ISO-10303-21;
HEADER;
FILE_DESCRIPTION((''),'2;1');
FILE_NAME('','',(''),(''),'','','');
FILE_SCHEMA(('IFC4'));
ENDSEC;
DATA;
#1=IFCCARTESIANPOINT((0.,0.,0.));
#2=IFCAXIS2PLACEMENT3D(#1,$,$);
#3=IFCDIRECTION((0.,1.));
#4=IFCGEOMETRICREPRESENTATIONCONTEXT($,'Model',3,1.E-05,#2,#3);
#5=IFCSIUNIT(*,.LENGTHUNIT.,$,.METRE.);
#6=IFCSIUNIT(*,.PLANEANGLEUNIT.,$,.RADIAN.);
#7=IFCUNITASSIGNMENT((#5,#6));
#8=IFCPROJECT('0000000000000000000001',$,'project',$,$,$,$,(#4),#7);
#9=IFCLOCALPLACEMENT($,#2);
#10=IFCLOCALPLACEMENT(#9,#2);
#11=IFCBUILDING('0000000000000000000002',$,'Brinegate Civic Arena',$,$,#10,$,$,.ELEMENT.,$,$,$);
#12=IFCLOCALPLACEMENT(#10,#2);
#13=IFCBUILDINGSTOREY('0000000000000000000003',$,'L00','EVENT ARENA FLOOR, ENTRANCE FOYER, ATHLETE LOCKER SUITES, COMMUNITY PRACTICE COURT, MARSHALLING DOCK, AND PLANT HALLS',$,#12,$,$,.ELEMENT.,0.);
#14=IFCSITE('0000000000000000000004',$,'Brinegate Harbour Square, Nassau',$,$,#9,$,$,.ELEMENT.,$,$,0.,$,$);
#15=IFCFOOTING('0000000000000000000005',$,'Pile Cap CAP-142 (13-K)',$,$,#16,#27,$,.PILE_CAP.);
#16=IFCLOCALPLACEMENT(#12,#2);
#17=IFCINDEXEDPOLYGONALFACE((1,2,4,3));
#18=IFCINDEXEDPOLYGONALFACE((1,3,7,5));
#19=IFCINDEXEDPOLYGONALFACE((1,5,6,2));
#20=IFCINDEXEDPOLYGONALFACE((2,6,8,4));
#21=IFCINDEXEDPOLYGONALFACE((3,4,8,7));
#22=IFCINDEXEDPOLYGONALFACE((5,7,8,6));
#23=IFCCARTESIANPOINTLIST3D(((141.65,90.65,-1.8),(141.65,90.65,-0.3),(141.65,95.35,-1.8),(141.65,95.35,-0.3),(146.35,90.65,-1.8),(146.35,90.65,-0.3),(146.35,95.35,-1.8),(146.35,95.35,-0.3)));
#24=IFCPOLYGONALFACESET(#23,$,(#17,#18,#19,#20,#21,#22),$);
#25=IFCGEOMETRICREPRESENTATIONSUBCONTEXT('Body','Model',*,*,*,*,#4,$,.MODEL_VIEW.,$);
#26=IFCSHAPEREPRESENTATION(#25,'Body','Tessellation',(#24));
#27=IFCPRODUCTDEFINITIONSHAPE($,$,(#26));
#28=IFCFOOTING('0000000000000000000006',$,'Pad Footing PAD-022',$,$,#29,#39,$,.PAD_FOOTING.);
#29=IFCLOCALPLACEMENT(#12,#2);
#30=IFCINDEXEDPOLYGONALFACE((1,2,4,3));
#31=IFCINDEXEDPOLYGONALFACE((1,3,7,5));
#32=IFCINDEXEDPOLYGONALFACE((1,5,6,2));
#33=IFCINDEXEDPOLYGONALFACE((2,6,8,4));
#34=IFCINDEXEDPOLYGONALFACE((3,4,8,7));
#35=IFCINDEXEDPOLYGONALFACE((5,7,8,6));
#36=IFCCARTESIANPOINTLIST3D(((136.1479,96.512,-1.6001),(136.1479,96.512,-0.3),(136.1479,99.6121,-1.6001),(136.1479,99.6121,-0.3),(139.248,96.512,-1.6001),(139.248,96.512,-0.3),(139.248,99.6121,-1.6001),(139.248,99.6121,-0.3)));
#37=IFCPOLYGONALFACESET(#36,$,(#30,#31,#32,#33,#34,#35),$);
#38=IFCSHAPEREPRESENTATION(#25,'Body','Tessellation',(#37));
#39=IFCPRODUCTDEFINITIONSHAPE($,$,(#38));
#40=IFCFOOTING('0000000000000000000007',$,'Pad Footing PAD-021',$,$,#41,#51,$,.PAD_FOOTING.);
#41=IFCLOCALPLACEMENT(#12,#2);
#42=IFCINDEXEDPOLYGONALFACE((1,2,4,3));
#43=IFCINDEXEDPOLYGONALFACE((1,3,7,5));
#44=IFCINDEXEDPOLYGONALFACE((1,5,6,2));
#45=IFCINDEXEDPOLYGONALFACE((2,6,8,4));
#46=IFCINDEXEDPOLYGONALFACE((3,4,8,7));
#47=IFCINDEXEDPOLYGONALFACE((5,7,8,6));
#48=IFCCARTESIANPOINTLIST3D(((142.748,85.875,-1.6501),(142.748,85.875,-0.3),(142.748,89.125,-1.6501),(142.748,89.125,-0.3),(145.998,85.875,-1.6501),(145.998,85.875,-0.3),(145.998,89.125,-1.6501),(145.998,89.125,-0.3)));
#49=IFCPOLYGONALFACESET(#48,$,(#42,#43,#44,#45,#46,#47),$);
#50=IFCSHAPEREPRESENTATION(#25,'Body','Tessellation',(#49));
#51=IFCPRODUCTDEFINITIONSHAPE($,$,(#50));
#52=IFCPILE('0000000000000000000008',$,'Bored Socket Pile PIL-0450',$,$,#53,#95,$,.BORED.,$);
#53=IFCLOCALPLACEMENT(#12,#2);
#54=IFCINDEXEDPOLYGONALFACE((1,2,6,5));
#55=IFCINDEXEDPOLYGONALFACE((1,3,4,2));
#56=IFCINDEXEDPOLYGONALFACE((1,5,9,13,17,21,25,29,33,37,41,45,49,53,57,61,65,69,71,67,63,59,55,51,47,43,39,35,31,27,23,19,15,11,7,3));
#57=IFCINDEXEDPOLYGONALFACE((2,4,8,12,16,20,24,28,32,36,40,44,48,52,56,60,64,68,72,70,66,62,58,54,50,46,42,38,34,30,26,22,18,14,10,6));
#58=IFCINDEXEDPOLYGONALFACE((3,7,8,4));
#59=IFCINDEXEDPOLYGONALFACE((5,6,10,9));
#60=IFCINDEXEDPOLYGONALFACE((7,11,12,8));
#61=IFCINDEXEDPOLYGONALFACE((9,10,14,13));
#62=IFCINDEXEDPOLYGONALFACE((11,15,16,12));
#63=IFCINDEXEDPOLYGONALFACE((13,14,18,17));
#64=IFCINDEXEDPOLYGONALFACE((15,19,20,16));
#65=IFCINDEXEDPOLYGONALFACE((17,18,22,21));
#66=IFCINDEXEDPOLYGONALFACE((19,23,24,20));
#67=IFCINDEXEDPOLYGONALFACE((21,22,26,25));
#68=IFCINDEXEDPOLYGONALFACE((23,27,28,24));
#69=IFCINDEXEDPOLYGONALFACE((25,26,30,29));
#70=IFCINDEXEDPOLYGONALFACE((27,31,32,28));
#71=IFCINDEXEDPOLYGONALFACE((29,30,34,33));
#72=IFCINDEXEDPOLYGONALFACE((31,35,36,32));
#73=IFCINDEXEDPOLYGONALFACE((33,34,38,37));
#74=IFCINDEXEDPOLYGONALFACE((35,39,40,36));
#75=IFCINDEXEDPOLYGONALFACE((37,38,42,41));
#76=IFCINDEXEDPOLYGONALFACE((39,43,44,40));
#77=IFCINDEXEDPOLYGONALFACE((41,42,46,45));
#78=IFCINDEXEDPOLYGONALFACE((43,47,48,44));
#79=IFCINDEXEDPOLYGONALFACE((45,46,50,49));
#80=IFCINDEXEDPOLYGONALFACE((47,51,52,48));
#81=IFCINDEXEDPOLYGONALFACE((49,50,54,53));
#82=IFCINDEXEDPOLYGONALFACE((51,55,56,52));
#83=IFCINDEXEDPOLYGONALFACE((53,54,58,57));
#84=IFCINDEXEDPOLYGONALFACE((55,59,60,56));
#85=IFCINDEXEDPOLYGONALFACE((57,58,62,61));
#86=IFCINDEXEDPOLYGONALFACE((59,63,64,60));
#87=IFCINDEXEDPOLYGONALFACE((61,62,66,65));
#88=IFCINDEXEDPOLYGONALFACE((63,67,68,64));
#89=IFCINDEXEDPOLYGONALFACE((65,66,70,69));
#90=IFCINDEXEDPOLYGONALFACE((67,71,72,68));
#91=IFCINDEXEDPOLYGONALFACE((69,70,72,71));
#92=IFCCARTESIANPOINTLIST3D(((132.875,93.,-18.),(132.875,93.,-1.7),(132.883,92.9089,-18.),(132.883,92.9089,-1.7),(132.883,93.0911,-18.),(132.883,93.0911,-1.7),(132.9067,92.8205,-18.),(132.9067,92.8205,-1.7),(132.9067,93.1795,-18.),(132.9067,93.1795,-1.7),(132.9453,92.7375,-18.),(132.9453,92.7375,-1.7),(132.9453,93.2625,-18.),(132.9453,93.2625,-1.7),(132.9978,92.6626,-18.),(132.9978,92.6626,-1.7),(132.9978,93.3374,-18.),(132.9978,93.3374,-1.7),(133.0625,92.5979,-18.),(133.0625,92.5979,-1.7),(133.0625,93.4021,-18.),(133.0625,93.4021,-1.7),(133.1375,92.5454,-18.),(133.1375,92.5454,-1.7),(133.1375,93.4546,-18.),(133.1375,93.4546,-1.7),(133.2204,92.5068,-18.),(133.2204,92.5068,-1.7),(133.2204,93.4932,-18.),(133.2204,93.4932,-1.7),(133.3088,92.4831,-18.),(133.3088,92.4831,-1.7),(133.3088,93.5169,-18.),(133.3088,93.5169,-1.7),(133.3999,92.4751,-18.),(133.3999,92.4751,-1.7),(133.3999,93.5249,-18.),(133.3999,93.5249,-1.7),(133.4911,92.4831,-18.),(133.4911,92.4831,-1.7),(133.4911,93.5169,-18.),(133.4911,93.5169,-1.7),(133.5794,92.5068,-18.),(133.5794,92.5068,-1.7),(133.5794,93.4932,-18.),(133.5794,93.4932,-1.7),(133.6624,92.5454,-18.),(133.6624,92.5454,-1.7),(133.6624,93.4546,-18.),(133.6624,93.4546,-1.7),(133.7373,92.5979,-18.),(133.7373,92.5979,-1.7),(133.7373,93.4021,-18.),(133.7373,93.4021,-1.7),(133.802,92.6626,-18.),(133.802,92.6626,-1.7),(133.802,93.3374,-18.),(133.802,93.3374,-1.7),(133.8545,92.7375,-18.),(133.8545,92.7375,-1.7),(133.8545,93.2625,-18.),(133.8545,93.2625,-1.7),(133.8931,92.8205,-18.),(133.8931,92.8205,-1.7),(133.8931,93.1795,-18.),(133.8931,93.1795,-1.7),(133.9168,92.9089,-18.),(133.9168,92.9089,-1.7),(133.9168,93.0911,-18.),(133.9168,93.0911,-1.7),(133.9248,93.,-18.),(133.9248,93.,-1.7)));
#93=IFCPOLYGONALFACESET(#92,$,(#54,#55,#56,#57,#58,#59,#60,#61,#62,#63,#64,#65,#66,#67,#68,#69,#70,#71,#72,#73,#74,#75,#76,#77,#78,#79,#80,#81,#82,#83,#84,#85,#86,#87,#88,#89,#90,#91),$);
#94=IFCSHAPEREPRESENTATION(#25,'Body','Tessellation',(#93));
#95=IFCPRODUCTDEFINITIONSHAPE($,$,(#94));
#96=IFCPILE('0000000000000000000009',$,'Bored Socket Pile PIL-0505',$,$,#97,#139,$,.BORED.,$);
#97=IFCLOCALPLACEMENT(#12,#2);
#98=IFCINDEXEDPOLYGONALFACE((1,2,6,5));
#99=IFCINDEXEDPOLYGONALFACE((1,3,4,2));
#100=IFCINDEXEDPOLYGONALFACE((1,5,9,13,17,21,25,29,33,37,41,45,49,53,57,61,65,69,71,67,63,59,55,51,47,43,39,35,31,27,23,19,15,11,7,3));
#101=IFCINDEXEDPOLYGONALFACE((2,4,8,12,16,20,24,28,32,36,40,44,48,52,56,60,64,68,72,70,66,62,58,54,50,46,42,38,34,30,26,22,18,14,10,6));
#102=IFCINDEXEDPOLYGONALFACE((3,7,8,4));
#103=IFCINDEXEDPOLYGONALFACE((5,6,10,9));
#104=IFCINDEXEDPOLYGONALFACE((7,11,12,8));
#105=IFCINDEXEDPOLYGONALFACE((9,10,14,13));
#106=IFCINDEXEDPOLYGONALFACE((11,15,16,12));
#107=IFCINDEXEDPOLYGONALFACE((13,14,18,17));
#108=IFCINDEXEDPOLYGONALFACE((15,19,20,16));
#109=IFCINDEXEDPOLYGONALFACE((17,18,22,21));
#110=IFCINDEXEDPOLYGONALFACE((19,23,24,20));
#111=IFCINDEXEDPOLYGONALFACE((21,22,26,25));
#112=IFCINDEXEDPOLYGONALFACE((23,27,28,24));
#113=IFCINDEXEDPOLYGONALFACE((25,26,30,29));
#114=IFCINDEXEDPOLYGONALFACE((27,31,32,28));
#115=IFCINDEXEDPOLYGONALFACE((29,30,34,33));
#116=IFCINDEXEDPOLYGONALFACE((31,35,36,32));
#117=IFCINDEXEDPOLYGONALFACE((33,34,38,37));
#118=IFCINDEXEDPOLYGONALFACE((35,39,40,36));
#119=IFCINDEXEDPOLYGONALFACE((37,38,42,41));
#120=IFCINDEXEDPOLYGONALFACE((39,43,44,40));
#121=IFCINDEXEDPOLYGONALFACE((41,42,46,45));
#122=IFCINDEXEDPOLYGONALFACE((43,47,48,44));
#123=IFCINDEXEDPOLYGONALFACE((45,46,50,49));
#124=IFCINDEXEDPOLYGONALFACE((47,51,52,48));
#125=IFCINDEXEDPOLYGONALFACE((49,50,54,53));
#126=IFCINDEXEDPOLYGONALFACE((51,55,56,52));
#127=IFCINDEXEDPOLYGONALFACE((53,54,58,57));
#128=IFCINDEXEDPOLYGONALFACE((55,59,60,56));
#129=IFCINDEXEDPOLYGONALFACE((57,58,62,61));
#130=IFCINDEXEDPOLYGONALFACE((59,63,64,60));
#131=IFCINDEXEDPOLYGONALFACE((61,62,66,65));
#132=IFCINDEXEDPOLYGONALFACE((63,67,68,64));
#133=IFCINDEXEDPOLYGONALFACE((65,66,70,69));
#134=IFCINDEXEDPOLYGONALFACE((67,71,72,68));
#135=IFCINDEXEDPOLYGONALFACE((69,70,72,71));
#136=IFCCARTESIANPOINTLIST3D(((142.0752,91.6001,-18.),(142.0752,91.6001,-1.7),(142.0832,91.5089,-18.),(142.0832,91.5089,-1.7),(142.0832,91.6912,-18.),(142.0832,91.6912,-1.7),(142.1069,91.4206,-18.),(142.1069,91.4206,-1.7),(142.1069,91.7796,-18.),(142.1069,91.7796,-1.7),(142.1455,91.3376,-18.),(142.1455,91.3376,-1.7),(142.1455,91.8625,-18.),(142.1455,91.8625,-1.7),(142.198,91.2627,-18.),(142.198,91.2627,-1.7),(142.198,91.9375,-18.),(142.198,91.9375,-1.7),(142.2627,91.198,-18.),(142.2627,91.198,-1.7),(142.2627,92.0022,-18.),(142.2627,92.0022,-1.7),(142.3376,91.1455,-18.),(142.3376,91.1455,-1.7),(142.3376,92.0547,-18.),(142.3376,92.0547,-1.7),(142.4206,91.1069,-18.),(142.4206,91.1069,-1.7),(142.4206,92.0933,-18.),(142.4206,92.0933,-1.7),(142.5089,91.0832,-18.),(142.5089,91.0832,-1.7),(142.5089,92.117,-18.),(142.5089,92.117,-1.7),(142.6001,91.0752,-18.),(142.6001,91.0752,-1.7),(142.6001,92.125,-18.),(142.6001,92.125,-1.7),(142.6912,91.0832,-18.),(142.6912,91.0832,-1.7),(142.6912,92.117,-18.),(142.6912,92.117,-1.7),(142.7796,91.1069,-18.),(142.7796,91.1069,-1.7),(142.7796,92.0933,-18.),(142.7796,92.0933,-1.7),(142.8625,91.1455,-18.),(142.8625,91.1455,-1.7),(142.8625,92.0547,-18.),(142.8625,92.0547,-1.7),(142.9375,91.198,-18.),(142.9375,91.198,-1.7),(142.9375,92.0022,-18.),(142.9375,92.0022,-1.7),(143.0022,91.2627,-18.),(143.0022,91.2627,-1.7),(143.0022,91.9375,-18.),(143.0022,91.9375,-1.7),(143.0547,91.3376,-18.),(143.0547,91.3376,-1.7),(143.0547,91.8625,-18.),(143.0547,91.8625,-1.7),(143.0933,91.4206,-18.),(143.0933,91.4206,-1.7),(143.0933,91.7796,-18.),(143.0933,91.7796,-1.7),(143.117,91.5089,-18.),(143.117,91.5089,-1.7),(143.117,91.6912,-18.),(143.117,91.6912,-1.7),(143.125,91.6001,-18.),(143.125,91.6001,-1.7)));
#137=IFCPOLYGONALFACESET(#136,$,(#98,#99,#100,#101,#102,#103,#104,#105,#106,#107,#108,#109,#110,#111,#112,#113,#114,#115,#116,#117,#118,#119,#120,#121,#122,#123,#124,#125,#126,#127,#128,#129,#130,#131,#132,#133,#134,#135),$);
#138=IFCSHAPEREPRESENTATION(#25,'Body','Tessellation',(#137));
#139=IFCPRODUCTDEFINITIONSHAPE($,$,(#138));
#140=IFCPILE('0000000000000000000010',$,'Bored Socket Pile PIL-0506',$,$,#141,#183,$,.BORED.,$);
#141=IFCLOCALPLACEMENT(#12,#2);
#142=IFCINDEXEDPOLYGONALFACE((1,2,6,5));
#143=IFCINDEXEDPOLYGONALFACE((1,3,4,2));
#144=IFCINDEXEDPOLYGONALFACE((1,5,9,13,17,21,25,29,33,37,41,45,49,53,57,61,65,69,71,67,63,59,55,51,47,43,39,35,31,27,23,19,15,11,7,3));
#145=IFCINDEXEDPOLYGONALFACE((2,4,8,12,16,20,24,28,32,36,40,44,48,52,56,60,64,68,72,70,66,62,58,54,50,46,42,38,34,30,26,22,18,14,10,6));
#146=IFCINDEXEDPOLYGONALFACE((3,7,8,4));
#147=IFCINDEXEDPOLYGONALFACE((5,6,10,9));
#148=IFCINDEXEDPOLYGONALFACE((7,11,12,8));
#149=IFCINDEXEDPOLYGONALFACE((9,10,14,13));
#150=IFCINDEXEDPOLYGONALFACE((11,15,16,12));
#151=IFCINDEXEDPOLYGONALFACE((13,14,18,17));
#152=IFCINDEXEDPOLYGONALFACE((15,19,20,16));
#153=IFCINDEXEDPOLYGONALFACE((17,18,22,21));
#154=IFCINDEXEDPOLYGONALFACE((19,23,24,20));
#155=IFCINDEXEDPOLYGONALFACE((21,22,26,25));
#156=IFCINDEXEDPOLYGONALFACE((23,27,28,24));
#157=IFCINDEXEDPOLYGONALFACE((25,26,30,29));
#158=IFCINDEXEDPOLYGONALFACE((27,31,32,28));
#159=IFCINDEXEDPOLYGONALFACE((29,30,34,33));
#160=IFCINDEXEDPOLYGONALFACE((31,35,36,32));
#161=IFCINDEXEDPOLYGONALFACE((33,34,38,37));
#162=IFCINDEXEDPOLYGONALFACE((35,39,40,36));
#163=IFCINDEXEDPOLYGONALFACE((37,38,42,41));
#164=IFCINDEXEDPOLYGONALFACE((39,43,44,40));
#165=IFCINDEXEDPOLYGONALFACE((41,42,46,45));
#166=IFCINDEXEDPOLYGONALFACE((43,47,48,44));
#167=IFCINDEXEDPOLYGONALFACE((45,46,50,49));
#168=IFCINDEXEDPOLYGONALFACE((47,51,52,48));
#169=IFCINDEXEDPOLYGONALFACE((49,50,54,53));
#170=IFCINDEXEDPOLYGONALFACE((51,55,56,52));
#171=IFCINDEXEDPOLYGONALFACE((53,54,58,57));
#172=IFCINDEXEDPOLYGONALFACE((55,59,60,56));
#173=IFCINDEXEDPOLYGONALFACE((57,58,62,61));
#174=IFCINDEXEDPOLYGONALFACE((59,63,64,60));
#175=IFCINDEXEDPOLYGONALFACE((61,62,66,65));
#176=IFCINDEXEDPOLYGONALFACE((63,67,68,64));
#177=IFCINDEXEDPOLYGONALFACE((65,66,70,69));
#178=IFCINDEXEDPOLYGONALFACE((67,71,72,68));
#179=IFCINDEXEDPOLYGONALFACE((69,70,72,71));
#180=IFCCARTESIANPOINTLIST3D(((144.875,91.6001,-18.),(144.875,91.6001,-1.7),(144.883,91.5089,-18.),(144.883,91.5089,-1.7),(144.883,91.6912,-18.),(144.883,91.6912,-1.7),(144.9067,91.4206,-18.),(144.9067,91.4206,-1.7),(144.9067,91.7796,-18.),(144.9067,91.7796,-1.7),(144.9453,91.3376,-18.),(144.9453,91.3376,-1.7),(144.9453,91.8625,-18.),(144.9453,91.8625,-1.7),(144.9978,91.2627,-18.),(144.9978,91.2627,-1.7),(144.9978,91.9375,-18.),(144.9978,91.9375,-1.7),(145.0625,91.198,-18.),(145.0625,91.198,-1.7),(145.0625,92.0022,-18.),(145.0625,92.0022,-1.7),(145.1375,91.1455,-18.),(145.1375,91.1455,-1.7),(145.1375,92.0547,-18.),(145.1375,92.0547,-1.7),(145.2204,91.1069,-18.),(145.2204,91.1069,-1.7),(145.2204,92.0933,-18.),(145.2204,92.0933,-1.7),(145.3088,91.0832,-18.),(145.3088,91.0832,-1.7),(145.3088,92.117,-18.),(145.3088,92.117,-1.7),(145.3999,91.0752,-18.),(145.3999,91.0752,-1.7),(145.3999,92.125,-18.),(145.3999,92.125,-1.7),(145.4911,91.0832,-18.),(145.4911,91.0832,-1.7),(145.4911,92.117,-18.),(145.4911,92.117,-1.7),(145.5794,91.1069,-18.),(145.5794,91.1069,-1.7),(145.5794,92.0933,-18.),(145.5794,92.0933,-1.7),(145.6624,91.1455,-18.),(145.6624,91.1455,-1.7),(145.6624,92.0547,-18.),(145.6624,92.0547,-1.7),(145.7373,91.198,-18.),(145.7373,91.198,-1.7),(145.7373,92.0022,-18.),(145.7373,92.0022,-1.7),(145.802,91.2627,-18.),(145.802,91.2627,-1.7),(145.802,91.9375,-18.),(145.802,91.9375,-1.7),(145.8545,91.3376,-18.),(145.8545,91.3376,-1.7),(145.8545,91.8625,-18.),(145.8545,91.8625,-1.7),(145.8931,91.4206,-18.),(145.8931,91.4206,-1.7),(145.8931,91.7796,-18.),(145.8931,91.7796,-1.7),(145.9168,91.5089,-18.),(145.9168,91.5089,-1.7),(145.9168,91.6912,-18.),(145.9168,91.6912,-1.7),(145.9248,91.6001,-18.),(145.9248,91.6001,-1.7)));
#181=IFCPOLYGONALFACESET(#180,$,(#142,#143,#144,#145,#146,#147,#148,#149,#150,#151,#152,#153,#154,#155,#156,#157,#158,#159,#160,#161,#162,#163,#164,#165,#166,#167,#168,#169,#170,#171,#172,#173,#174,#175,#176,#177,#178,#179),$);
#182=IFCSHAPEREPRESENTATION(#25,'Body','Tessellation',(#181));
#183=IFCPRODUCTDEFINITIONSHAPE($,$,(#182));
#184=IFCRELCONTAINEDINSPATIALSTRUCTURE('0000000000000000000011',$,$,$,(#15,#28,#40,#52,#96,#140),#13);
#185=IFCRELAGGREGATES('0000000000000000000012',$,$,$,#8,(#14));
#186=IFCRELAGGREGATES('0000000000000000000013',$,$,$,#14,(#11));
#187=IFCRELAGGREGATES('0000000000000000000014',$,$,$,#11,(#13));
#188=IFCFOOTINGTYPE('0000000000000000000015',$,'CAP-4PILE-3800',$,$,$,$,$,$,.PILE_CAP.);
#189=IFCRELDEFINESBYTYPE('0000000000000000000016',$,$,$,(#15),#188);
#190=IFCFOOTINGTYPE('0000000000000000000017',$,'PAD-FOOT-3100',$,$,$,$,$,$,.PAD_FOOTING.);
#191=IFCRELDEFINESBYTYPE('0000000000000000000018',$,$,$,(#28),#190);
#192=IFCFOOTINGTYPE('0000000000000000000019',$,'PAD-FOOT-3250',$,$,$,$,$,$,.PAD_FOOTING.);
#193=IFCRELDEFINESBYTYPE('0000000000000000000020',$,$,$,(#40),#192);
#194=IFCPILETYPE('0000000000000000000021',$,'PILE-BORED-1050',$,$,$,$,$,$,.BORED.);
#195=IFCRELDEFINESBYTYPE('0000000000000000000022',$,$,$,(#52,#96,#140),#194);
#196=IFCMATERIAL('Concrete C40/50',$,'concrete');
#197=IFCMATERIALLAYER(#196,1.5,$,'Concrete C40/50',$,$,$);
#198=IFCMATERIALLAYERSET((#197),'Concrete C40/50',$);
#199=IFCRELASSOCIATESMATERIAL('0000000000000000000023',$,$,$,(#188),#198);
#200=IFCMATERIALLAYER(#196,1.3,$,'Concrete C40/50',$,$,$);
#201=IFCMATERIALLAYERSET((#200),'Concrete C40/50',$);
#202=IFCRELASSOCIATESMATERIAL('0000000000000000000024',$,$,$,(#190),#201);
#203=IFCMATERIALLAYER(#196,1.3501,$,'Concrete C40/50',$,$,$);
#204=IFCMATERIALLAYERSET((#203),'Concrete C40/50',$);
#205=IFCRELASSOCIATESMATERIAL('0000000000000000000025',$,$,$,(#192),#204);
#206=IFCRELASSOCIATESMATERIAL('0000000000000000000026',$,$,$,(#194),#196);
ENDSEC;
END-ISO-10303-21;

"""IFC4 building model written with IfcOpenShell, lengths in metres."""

from ifc_helpers import new_model, si_unit, direction, frame, origin, origin_2d, place, context, subcontext, project, spatial, rectangle, circle, extrude, material, layer, layer_set, material_profile, profile_set, type_object, element, save


model = new_model("IFC4")

# Units and contexts
model_context = context("Model", 3, precision=1e-05, world=origin(), true_north=direction((0.0, 1.0)))
body_context = subcontext(model_context, "Body", "Model", "MODEL_VIEW")
ifc_project = project(units=[si_unit("LENGTHUNIT", "METRE"), si_unit("PLANEANGLEUNIT", "RADIAN")], contexts=[model_context])

# Site, building, storey
site_placement = place(None, origin())
site = spatial("IfcSite", under=ifc_project, at=site_placement, Name="Brinegate Harbour Square, Nassau", CompositionType="ELEMENT", RefElevation=0.0)
building_placement = place(site_placement, origin())
building = spatial("IfcBuilding", under=site, at=building_placement, Name="Brinegate Civic Arena", CompositionType="ELEMENT")
storey_placement = place(building_placement, origin())
storey = spatial("IfcBuildingStorey", under=building, at=storey_placement, Name="L00", Description="EVENT ARENA FLOOR, ENTRANCE FOYER, ATHLETE LOCKER SUITES, COMMUNITY PRACTICE COURT, MARSHALLING DOCK, AND PLANT HALLS", CompositionType="ELEMENT", Elevation=0.0)

# Footings
ifc_material_1 = material(Name="Concrete C40/50", Category="concrete")
ifc_layer_1 = layer(ifc_material_1, 1.5, Name="Concrete C40/50")
ifc_layer_set_1 = layer_set([ifc_layer_1], Name="Concrete C40/50")
footing_type_1 = type_object("IfcFootingType", Name="CAP-4PILE-3800", PredefinedType="PILE_CAP", material=ifc_layer_set_1)
footing_1_placement = place(storey_placement, frame((144.0, 93.0, -1.8), z_axis=(0.0, 0.0, 1.0), x_axis=(1.0, 0.0, 0.0)))
element("IfcFooting", 1, at=footing_1_placement, inside=storey, type_object=footing_type_1, Name="Pile Cap CAP-142 (13-K)", PredefinedType="PILE_CAP", context=body_context, shape_type="SweptSolid", body=[
    extrude(rectangle(XDim=4.7, YDim=4.7, at=origin_2d()), origin(), (0.0, 0.0, 1.0), 1.5),
])
ifc_layer_2 = layer(ifc_material_1, 1.3, Name="Concrete C40/50")
ifc_layer_set_2 = layer_set([ifc_layer_2], Name="Concrete C40/50")
footing_type_2 = type_object("IfcFootingType", Name="PAD-FOOT-3100", PredefinedType="PAD_FOOTING", material=ifc_layer_set_2)
footing_2_placement = place(storey_placement, frame((137.698, 98.062, -1.6001), z_axis=(0.0, 0.0, 1.0), x_axis=(1.0, 0.0, 0.0)))
element("IfcFooting", 2, at=footing_2_placement, inside=storey, type_object=footing_type_2, Name="Pad Footing PAD-022", PredefinedType="PAD_FOOTING", context=body_context, shape_type="SweptSolid", body=[
    extrude(rectangle(XDim=3.1001, YDim=3.1001, at=origin_2d()), origin(), (0.0, 0.0, 1.0), 1.3),
])
ifc_layer_3 = layer(ifc_material_1, 1.3501, Name="Concrete C40/50")
ifc_layer_set_3 = layer_set([ifc_layer_3], Name="Concrete C40/50")
footing_type_3 = type_object("IfcFootingType", Name="PAD-FOOT-3250", PredefinedType="PAD_FOOTING", material=ifc_layer_set_3)
footing_3_placement = place(storey_placement, frame((144.373, 87.5, -1.6501), z_axis=(0.0, 0.0, 1.0), x_axis=(1.0, 0.0, 0.0)))
element("IfcFooting", 3, at=footing_3_placement, inside=storey, type_object=footing_type_3, Name="Pad Footing PAD-021", PredefinedType="PAD_FOOTING", context=body_context, shape_type="SweptSolid", body=[
    extrude(rectangle(XDim=3.25, YDim=3.25, at=origin_2d()), origin(), (0.0, 0.0, 1.0), 1.3501),
])

# Piles
ifc_material_profile_1 = material_profile(ifc_material_1, circle(Radius=0.5249, at=origin_2d()), Name="PILED1050")
ifc_profile_set_1 = profile_set([ifc_material_profile_1], Name="Concrete C40/50")
pile_type = type_object("IfcPileType", Name="PILE-BORED-1050", PredefinedType="BORED", material=ifc_profile_set_1)
for number, where, z_axis, x_axis, name in (
    (4, (133.3999, 93.0, -1.7), (0.0, 0.0, -1.0), (1.0, 0.0, 0.0), "Bored Socket Pile PIL-0450"),
    (5, (142.6001, 91.6001, -1.7), (0.0, 0.0, -1.0), (1.0, 0.0, 0.0), "Bored Socket Pile PIL-0505"),
    (6, (145.3999, 91.6001, -1.7), (0.0, 0.0, -1.0), (1.0, 0.0, 0.0), "Bored Socket Pile PIL-0506"),
):
    element("IfcPile", number, at=place(storey_placement, frame(where, z_axis=z_axis, x_axis=x_axis)), inside=storey, type_object=pile_type, Name=name, PredefinedType="BORED", context=body_context, shape_type="SweptSolid", body=[
        extrude(circle(Radius=0.5249, at=origin_2d()), origin(), (0.0, 0.0, 1.0), 16.3),
    ])

save(model, "model.ifc")
